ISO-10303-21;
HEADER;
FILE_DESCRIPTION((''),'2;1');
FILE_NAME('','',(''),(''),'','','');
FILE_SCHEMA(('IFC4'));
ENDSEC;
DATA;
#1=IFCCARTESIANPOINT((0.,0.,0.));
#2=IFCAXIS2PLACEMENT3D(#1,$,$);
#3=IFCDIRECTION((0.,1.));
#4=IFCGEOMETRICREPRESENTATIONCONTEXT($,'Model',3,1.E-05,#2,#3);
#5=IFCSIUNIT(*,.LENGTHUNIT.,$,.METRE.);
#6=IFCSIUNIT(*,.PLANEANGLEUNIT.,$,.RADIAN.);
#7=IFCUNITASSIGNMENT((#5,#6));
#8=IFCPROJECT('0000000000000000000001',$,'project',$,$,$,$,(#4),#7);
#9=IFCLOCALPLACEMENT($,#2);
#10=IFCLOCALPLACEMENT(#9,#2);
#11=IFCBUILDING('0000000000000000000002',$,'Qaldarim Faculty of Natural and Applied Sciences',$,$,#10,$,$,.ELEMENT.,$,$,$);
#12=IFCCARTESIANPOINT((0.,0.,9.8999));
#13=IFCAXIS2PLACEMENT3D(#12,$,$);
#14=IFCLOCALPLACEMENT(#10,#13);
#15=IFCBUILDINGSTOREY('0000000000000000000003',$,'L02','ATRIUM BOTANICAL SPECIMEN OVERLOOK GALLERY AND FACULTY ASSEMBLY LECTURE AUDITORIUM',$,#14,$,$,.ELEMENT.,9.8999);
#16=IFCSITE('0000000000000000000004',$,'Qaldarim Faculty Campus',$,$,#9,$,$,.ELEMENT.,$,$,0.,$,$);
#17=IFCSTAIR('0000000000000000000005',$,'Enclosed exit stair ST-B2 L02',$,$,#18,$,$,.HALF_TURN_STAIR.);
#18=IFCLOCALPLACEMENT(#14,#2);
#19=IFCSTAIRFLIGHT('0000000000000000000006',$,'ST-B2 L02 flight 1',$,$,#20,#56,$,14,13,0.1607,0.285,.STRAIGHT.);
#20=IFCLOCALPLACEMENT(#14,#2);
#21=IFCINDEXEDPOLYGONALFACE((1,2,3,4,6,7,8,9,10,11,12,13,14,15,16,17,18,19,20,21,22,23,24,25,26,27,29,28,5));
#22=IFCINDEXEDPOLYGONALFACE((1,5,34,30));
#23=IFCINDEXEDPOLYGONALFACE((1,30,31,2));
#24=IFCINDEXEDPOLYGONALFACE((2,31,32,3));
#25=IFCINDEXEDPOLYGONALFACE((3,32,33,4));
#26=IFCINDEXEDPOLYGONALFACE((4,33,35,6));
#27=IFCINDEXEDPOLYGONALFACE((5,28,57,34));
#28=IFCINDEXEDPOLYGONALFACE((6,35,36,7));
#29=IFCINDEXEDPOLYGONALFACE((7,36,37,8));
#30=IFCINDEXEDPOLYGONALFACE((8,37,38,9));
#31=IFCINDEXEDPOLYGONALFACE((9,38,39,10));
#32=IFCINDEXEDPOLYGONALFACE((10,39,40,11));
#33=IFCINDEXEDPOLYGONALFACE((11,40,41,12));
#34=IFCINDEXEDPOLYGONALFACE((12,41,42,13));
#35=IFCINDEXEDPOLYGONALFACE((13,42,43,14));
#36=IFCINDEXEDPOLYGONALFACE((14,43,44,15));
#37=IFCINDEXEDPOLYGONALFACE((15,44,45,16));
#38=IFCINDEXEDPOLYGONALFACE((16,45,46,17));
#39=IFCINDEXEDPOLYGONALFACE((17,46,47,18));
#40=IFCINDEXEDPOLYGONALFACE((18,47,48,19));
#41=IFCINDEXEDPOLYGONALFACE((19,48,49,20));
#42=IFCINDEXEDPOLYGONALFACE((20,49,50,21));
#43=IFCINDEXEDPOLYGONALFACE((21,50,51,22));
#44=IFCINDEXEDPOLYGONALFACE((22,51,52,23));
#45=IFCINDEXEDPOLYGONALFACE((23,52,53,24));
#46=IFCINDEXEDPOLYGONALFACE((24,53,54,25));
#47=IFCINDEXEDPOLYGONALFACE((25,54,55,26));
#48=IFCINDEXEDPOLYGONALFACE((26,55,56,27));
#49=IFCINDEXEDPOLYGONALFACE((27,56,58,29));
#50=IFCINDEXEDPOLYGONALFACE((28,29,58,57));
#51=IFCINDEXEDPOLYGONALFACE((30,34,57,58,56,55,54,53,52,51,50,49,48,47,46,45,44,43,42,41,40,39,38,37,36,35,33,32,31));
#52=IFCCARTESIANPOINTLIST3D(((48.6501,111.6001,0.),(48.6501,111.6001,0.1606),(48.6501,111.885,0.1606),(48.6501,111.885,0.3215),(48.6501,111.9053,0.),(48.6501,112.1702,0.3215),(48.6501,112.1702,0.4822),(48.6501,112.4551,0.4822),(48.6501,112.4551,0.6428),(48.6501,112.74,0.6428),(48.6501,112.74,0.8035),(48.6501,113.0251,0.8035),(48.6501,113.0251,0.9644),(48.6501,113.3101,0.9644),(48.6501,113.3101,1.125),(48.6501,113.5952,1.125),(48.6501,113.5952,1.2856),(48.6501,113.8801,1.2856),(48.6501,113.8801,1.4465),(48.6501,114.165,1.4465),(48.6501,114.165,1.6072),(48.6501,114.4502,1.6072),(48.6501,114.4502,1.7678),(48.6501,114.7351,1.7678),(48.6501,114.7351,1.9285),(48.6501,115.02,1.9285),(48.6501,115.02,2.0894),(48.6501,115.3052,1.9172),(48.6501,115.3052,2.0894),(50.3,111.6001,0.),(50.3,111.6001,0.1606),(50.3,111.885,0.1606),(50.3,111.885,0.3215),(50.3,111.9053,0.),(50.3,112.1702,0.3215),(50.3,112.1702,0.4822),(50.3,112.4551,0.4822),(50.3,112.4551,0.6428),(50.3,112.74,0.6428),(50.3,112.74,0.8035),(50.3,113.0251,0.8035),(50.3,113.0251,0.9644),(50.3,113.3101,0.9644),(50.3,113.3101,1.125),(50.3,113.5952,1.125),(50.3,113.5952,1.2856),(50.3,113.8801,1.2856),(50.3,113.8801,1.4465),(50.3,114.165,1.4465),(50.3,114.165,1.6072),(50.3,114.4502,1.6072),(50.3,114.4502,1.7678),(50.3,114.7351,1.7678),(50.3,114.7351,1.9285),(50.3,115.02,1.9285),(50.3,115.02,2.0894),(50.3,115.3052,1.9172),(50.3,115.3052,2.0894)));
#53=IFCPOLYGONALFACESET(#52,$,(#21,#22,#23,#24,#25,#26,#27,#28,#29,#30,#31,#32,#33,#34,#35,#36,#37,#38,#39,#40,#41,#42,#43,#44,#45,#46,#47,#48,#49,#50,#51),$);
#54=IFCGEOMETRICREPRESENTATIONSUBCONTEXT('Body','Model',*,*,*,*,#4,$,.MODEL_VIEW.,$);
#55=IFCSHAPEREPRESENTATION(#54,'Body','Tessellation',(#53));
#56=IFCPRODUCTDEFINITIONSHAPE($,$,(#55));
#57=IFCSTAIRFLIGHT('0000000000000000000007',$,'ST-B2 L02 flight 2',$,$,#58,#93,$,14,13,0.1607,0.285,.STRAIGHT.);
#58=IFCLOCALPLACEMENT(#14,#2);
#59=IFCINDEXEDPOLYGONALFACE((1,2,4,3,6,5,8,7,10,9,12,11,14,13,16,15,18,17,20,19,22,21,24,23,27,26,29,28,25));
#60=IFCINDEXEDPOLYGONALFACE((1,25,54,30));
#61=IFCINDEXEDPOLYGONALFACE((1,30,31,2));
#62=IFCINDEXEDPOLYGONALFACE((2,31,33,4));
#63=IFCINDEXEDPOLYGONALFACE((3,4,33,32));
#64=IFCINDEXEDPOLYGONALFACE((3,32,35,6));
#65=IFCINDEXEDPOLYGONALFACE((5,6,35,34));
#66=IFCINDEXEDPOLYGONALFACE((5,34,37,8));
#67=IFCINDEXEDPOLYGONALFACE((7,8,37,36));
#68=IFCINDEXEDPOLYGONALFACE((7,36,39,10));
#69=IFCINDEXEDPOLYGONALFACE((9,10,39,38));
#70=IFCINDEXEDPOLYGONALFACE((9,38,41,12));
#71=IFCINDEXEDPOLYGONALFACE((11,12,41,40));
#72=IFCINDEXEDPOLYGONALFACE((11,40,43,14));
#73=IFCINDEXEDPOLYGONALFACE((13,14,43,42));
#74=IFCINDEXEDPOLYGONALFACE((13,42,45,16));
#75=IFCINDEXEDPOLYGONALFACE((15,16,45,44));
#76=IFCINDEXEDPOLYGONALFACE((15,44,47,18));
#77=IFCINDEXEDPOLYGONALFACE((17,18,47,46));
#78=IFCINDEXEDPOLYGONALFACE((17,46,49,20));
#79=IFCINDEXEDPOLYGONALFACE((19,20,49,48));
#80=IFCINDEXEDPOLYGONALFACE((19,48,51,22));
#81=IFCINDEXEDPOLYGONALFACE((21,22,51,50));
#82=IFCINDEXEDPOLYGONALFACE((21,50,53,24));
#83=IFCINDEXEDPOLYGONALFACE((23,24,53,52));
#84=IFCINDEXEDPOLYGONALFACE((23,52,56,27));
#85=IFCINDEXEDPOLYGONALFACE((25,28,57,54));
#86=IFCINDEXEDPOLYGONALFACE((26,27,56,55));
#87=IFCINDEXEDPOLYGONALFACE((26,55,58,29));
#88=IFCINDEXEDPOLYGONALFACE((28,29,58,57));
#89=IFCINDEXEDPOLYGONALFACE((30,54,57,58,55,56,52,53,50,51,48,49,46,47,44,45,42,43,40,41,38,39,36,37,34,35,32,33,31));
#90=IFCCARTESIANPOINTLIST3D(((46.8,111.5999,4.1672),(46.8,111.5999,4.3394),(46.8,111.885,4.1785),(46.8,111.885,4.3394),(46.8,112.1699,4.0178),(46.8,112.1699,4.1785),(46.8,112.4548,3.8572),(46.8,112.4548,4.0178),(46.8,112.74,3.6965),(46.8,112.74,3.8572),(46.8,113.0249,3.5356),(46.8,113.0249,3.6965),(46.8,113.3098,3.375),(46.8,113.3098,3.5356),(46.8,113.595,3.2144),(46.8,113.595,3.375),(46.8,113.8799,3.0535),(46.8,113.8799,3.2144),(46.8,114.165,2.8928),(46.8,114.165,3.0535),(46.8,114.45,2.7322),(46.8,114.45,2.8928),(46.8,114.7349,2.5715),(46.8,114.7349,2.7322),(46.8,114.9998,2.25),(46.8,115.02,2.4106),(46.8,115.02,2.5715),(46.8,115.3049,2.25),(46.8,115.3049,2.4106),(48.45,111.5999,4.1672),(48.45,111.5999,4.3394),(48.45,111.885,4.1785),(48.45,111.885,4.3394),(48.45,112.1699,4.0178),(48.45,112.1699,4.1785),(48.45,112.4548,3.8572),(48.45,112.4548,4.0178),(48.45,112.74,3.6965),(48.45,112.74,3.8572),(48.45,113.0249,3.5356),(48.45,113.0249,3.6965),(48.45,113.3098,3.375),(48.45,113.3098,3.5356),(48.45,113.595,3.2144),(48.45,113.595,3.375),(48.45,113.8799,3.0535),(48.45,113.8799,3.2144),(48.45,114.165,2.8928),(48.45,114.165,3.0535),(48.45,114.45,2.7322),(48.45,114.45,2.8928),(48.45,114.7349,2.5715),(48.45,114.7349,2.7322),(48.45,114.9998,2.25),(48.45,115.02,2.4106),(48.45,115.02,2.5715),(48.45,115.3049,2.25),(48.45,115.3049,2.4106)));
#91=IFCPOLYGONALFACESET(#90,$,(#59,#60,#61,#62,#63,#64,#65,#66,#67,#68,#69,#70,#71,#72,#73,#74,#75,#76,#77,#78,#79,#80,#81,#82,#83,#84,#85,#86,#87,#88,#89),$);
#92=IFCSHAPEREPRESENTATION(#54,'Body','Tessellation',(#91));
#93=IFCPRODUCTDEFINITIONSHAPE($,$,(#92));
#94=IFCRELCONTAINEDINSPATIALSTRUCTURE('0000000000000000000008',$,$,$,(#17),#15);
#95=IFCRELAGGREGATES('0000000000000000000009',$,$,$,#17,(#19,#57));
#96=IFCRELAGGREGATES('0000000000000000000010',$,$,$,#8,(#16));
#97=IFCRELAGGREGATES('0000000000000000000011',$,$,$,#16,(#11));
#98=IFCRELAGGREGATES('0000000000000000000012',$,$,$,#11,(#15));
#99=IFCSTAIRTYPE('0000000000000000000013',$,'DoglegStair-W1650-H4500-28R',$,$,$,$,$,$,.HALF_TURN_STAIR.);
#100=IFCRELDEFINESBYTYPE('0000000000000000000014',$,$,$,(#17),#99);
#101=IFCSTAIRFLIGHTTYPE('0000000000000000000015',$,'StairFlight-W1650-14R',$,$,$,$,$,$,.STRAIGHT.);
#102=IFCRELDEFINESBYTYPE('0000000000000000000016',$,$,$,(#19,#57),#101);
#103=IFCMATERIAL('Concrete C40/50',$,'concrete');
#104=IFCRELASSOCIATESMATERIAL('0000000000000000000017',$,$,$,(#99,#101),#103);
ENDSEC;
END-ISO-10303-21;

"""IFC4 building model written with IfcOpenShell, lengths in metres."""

from ifc_helpers import new_model, si_unit, direction, frame, origin, place, context, subcontext, project, spatial, polyline, outline, extrude, material, type_object, element, aggregate, save


model = new_model("IFC4")

# Units and contexts
model_context = context("Model", 3, precision=1e-05, world=origin(), true_north=direction((0.0, 1.0)))
body_context = subcontext(model_context, "Body", "Model", "MODEL_VIEW")
ifc_project = project(units=[si_unit("LENGTHUNIT", "METRE"), si_unit("PLANEANGLEUNIT", "RADIAN")], contexts=[model_context])

# Site, building, storey
site_placement = place(None, origin())
site = spatial("IfcSite", under=ifc_project, at=site_placement, Name="Qaldarim Faculty Campus", CompositionType="ELEMENT", RefElevation=0.0)
building_placement = place(site_placement, origin())
building = spatial("IfcBuilding", under=site, at=building_placement, Name="Qaldarim Faculty of Natural and Applied Sciences", CompositionType="ELEMENT")
storey_placement = place(building_placement, frame((0.0, 0.0, 9.8999)))
storey = spatial("IfcBuildingStorey", under=building, at=storey_placement, Name="L02", Description="ATRIUM BOTANICAL SPECIMEN OVERLOOK GALLERY AND FACULTY ASSEMBLY LECTURE AUDITORIUM", CompositionType="ELEMENT", Elevation=9.8999)

# Shared definitions
ifc_material_1 = material(Name="Concrete C40/50", Category="concrete")

# Stair, stair flights
stair_type = type_object("IfcStairType", Name="DoglegStair-W1650-H4500-28R", PredefinedType="HALF_TURN_STAIR", material=ifc_material_1)
stair_placement = place(storey_placement, origin())
stair = element("IfcStair", 1, at=stair_placement, inside=storey, type_object=stair_type, Name="Enclosed exit stair ST-B2 L02", PredefinedType="HALF_TURN_STAIR")
stair_flight_type = type_object("IfcStairFlightType", Name="StairFlight-W1650-14R", PredefinedType="STRAIGHT", material=ifc_material_1)
stair_flight_1_placement = place(storey_placement, frame((49.4751, 111.6001, 0.0), z_axis=(0.0, 0.0, 1.0), x_axis=(0.0, 1.0, 0.0)))
stair_flight_1 = element("IfcStairFlight", 2, at=stair_flight_1_placement, type_object=stair_flight_type, Name="ST-B2 L02 flight 1", NumberOfRisers=14, NumberOfTreads=13, PredefinedType="STRAIGHT", RiserHeight=0.1607, TreadLength=0.285, context=body_context, shape_type="SweptSolid", body=[
    extrude(outline(polyline([(0.0, 0.0), (0.0, 0.1606), (0.2849, 0.1606), (0.2849, 0.3215), (0.5701, 0.3215), (0.5701, 0.4822), (0.855, 0.4822), (0.855, 0.6428), (1.1399, 0.6428), (1.1399, 0.8035), (1.425, 0.8035), (1.425, 0.9644), (1.71, 0.9644), (1.71, 1.125), (1.9951, 1.125), (1.9951, 1.2856), (2.28, 1.2856), (2.28, 1.4465), (2.5649, 1.4465), (2.5649, 1.6072), (2.8501, 1.6072), (2.8501, 1.7678), (3.135, 1.7678), (3.135, 1.9285), (3.4199, 1.9285), (3.4199, 2.0894), (3.7051, 2.0894), (3.7051, 2.25), (3.7051, 1.9172), (0.3052, 0.0), (0.0, 0.0)])), frame((0.0, 0.825, 0.0), z_axis=(0.0, -1.0, 0.0), x_axis=(1.0, 0.0, 0.0)), (0.0, 0.0, 1.0), 1.6499),
])
stair_flight_2_placement = place(storey_placement, frame((47.625, 115.3049, 2.25), z_axis=(0.0, 0.0, 1.0), x_axis=(0.0, -1.0, 0.0)))
stair_flight_2 = element("IfcStairFlight", 3, at=stair_flight_2_placement, type_object=stair_flight_type, Name="ST-B2 L02 flight 2", NumberOfRisers=14, NumberOfTreads=13, PredefinedType="STRAIGHT", RiserHeight=0.1607, TreadLength=0.285, context=body_context, shape_type="SweptSolid", body=[
    extrude(outline(polyline([(0.0, 0.0), (0.0, 0.1606), (0.2849, 0.1606), (0.2849, 0.3215), (0.5701, 0.3215), (0.5701, 0.4822), (0.855, 0.4822), (0.855, 0.6428), (1.1399, 0.6428), (1.1399, 0.8035), (1.425, 0.8035), (1.425, 0.9644), (1.71, 0.9644), (1.71, 1.125), (1.9951, 1.125), (1.9951, 1.2856), (2.28, 1.2856), (2.28, 1.4465), (2.5649, 1.4465), (2.5649, 1.6072), (2.8501, 1.6072), (2.8501, 1.7678), (3.135, 1.7678), (3.135, 1.9285), (3.4199, 1.9285), (3.4199, 2.0894), (3.7051, 2.0894), (3.7051, 2.25), (3.7051, 1.9172), (0.3052, 0.0), (0.0, 0.0)])), frame((0.0, 0.825, 0.0), z_axis=(0.0, -1.0, 0.0), x_axis=(1.0, 0.0, 0.0)), (0.0, 0.0, 1.0), 1.6499),
])
aggregate(stair, [stair_flight_1, stair_flight_2])

save(model, "model.ifc")
